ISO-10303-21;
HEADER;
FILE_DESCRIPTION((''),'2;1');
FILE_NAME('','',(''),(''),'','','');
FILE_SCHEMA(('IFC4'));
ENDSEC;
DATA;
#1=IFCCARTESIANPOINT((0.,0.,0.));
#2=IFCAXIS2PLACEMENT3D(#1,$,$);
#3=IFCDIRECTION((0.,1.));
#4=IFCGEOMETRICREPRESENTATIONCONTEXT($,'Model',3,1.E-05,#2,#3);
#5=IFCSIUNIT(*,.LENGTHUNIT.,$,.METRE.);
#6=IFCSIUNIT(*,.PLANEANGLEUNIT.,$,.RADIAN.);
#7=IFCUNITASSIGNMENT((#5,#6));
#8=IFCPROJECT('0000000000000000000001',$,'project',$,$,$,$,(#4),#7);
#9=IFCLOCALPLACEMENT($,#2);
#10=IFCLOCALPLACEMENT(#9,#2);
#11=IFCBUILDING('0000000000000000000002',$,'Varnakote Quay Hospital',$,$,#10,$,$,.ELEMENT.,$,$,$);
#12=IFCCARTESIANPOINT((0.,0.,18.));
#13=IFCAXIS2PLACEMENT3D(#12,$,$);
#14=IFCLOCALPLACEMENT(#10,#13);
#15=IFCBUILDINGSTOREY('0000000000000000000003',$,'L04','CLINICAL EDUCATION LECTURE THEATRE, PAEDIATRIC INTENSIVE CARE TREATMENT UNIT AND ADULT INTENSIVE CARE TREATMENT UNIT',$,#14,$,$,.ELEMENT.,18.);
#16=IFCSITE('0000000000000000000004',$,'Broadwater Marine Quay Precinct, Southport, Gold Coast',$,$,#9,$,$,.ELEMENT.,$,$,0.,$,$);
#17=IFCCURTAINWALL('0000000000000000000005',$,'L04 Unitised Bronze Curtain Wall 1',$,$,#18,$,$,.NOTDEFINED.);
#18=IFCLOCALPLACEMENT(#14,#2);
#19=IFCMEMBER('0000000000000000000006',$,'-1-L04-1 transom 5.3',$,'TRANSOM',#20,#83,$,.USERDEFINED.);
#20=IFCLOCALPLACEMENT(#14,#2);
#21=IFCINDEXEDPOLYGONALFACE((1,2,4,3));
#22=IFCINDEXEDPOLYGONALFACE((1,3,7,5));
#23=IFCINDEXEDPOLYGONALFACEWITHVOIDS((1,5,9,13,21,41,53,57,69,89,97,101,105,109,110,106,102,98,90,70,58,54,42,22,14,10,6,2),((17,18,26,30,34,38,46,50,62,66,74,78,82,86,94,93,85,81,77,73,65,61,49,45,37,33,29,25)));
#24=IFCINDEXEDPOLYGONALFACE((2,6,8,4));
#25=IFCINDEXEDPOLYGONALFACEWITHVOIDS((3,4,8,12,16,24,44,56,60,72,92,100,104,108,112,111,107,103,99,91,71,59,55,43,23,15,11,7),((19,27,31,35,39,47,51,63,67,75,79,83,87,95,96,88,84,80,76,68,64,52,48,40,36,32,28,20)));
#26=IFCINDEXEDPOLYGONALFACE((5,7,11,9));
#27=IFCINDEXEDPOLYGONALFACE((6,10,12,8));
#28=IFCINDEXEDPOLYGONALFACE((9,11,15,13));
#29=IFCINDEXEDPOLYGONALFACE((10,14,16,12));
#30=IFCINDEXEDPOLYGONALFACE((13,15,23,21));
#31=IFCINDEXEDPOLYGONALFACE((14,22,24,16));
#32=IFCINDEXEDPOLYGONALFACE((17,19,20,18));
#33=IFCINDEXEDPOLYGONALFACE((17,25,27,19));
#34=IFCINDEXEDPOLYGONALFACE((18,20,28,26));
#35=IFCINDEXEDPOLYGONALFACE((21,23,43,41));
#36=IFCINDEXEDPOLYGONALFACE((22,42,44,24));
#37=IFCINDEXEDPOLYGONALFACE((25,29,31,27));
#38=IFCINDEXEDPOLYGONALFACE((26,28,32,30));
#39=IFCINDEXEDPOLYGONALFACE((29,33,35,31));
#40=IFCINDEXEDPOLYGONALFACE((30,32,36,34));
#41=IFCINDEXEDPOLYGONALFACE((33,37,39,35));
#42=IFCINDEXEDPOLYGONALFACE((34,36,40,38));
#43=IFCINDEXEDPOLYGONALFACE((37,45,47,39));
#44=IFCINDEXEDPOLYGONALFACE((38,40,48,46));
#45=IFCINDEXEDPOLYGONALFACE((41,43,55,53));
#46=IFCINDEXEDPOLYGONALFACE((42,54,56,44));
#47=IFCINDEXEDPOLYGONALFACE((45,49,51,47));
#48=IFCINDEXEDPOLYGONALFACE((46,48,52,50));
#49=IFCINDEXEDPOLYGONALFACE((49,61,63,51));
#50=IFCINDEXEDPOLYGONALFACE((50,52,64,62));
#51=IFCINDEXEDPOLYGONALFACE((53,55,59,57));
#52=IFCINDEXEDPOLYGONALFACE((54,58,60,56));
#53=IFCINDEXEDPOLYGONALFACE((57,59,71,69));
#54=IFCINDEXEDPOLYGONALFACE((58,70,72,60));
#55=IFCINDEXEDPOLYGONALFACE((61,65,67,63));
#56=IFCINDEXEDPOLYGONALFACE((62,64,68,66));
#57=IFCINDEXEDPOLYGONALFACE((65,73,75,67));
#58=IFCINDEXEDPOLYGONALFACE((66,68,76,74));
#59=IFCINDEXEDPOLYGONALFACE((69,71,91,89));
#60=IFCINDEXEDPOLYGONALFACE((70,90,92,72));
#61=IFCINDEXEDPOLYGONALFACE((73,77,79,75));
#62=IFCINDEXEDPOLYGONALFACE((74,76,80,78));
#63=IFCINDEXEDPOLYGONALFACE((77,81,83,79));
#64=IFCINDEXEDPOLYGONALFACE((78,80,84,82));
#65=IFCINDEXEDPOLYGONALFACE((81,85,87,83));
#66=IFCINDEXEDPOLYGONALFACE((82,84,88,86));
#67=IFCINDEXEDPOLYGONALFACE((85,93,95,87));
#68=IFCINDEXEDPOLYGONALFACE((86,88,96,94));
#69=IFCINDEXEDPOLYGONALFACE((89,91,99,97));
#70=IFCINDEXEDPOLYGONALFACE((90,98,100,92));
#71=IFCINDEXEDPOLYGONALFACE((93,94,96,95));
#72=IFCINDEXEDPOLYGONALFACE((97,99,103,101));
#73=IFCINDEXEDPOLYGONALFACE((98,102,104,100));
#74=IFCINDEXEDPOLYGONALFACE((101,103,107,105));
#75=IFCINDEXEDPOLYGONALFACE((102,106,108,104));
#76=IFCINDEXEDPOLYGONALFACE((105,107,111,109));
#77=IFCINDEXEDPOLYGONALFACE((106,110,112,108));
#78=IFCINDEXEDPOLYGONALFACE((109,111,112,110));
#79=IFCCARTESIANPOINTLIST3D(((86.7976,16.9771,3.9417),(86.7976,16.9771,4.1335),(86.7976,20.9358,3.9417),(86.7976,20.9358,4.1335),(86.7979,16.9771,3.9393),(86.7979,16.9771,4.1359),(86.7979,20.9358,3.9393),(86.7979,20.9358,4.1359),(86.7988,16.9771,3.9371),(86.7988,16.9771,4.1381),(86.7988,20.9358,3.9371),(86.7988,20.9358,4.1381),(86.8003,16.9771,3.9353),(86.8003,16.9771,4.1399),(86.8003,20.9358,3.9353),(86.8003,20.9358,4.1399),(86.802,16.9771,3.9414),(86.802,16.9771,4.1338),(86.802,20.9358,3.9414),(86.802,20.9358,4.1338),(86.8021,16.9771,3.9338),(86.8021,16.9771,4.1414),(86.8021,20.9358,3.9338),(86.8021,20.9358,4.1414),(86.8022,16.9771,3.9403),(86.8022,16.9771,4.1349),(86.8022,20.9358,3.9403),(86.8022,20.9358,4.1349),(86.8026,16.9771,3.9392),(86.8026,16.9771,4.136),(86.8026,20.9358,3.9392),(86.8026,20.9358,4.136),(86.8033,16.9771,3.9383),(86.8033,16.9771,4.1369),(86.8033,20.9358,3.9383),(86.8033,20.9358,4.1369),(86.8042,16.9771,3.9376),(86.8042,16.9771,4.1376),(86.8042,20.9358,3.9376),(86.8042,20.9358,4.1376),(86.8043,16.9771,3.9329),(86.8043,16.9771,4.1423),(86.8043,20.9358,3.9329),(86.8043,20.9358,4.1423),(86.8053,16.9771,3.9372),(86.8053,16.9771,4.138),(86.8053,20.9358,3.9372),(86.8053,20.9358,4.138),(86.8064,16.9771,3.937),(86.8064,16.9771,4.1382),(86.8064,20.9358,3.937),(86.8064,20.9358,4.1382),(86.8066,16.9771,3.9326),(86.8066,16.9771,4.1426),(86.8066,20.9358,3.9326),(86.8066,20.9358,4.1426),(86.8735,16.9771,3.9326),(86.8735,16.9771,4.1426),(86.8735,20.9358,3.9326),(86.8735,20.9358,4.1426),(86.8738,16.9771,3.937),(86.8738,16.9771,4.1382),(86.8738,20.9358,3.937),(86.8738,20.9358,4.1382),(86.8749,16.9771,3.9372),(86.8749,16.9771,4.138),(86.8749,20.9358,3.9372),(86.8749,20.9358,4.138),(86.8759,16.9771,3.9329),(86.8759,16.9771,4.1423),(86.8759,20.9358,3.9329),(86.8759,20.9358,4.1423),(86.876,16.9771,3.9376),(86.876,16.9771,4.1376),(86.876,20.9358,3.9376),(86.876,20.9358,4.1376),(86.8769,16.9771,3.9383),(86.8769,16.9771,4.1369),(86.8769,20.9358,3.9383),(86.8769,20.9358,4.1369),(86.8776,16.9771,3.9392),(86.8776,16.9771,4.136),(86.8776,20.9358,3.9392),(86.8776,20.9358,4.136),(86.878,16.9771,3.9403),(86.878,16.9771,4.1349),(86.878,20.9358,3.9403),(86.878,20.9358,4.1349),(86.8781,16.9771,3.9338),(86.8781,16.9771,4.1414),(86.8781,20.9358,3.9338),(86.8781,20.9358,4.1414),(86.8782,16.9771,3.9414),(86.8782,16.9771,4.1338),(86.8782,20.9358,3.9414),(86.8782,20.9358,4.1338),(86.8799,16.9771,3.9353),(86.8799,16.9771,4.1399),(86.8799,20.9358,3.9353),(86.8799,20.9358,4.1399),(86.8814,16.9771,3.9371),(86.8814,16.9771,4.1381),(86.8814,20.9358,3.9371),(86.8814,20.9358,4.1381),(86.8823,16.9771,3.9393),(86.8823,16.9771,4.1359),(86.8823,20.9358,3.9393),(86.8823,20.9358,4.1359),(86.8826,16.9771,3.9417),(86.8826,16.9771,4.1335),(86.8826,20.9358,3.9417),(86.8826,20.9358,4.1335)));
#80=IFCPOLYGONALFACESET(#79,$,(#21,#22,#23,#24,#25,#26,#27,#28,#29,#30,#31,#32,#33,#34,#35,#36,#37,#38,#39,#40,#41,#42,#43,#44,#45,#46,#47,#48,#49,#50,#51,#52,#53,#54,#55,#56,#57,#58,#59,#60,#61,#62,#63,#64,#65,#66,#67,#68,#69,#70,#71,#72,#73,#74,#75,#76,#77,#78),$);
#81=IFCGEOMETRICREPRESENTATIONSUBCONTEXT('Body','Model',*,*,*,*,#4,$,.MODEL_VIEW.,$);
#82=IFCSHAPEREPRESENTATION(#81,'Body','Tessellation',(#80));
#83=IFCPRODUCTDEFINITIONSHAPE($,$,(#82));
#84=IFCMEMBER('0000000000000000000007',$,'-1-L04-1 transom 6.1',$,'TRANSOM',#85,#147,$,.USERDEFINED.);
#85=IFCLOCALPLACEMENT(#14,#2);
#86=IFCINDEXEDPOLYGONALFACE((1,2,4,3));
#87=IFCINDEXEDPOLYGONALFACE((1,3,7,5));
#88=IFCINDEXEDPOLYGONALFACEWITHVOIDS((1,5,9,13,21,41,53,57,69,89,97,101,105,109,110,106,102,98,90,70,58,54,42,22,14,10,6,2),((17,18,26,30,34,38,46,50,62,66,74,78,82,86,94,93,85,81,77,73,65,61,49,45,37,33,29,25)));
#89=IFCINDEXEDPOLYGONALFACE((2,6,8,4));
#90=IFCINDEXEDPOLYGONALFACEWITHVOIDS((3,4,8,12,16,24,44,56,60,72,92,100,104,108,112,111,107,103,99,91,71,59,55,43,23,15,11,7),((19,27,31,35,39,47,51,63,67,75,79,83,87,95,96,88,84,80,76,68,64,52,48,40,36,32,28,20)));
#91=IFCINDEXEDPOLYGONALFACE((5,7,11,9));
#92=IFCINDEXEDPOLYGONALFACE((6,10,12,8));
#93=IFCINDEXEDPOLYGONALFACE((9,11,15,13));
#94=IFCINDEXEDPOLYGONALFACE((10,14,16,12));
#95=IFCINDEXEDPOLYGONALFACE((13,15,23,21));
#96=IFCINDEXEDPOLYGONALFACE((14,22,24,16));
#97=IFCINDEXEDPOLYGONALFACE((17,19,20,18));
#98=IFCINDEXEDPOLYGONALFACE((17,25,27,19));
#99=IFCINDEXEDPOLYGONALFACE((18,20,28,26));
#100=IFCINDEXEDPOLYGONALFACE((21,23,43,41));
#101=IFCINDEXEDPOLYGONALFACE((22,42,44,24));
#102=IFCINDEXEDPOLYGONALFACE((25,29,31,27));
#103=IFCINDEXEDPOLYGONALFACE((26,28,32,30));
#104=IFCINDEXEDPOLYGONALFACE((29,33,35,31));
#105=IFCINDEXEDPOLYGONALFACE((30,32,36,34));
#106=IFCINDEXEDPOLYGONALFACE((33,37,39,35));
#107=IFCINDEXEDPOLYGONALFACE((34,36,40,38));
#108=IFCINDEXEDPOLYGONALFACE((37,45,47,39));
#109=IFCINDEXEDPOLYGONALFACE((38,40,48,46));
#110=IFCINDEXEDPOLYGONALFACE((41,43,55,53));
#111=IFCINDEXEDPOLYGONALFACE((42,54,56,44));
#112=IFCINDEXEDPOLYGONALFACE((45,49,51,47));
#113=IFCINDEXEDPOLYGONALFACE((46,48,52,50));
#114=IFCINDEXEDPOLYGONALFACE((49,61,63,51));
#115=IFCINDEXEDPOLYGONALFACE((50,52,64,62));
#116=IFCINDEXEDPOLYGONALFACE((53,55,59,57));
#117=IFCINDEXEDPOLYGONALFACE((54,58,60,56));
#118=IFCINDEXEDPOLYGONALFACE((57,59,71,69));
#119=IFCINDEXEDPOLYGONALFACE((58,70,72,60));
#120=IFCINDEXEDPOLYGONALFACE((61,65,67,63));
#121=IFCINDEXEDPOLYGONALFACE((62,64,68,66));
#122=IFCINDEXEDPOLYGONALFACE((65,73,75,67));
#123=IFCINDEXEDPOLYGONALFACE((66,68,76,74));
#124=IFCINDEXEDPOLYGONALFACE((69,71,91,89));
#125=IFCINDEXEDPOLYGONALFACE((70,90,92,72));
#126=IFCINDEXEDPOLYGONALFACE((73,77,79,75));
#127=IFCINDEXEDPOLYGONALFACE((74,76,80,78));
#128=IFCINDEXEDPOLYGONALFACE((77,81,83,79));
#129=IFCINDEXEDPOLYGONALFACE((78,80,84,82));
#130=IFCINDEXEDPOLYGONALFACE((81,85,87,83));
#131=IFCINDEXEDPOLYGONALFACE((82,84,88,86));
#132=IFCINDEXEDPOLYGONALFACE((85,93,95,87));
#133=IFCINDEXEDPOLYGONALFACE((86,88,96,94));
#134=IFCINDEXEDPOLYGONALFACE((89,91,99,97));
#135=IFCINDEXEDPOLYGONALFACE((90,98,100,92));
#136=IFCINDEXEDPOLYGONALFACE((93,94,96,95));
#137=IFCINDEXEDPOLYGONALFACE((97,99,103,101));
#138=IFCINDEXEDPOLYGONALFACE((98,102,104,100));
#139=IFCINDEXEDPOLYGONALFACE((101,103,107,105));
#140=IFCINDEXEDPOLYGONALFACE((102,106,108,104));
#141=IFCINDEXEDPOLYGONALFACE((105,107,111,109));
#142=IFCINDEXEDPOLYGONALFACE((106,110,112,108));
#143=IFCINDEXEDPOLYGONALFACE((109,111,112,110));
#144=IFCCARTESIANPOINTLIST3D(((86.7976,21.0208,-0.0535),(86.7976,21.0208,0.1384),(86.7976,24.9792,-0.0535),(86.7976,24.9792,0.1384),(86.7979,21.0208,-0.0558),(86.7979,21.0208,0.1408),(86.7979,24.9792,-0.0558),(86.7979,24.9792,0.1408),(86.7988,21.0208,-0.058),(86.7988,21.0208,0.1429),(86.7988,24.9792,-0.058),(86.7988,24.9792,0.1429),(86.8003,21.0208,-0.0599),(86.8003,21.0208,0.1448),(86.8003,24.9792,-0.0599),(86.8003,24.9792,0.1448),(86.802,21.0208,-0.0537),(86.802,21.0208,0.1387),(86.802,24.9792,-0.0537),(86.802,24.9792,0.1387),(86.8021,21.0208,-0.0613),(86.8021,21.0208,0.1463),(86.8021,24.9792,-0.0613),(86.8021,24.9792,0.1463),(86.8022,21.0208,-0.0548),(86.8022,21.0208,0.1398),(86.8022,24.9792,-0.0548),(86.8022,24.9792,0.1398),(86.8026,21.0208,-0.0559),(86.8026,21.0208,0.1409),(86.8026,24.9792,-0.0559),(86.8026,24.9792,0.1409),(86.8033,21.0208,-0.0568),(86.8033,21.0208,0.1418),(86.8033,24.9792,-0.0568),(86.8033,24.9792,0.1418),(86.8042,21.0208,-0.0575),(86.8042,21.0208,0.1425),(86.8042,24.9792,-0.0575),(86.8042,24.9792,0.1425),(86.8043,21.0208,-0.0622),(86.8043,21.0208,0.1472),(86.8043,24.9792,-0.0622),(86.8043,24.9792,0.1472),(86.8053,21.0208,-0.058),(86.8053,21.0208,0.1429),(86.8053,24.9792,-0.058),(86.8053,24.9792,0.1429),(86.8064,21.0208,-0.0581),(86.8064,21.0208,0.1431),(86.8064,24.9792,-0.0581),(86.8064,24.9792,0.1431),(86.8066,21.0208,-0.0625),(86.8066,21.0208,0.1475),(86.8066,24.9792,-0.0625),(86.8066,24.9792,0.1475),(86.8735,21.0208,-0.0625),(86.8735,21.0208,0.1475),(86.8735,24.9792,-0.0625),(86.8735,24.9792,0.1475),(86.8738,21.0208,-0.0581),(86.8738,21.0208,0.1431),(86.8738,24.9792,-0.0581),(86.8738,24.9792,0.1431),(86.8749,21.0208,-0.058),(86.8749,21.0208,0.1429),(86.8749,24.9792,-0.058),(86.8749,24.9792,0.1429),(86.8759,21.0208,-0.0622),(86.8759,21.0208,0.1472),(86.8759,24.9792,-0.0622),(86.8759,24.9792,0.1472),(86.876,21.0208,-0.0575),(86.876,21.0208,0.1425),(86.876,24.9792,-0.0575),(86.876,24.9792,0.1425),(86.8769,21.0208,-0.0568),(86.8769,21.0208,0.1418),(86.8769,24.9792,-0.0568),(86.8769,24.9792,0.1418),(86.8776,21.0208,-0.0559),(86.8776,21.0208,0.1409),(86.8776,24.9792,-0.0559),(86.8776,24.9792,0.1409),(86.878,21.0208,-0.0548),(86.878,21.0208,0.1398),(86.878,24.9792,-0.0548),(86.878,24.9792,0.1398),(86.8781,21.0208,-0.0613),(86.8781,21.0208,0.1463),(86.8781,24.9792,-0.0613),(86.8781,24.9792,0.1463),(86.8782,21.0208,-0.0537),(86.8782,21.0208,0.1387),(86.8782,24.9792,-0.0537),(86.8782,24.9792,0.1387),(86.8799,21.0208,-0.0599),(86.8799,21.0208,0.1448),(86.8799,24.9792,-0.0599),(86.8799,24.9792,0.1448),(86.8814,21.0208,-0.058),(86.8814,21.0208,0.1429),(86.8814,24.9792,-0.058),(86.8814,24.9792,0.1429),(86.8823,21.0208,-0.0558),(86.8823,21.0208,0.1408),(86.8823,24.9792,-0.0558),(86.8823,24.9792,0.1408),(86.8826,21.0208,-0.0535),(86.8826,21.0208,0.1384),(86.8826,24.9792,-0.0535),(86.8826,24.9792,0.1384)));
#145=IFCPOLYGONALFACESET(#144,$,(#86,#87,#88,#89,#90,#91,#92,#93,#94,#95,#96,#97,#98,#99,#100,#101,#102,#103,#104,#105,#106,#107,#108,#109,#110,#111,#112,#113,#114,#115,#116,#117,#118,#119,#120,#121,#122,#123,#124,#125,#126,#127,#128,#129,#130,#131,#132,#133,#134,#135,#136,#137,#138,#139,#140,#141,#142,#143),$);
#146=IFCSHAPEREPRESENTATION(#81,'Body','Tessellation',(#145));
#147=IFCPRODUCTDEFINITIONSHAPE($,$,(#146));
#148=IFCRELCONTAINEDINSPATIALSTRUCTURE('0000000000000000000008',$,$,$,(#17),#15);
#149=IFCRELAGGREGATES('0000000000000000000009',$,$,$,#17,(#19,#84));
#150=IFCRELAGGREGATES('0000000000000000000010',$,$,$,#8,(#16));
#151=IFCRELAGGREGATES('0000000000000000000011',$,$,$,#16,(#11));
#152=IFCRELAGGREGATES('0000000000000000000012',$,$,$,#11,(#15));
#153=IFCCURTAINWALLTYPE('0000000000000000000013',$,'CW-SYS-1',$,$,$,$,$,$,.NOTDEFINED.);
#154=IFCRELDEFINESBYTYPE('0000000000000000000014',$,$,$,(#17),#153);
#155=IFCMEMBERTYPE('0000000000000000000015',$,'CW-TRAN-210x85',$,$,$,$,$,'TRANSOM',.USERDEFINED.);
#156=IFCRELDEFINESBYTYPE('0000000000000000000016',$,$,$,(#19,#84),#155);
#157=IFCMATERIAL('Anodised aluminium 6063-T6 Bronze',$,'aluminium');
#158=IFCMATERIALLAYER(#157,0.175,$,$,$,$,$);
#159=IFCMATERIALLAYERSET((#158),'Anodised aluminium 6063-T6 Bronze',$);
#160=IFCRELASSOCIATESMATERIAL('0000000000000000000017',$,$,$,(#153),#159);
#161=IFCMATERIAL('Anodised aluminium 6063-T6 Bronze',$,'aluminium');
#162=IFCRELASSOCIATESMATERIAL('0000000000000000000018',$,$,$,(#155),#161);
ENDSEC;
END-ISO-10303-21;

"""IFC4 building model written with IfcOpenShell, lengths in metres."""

from ifc_helpers import new_model, si_unit, direction, frame, origin, origin_2d, place, context, subcontext, project, spatial, hollow_rectangle, extrude, material, layer, layer_set, material_profile, profile_set, type_object, element, aggregate, save


model = new_model("IFC4")

# Units and contexts
model_context = context("Model", 3, precision=1e-05, world=origin(), true_north=direction((0.0, 1.0)))
body_context = subcontext(model_context, "Body", "Model", "MODEL_VIEW")
ifc_project = project(units=[si_unit("LENGTHUNIT", "METRE"), si_unit("PLANEANGLEUNIT", "RADIAN")], contexts=[model_context])

# Site, building, storey
site_placement = place(None, origin())
site = spatial("IfcSite", under=ifc_project, at=site_placement, Name="Broadwater Marine Quay Precinct, Southport, Gold Coast", CompositionType="ELEMENT", RefElevation=0.0)
building_placement = place(site_placement, origin())
building = spatial("IfcBuilding", under=site, at=building_placement, Name="Varnakote Quay Hospital", CompositionType="ELEMENT")
storey_placement = place(building_placement, frame((0.0, 0.0, 18.0)))
storey = spatial("IfcBuildingStorey", under=building, at=storey_placement, Name="L04", Description="CLINICAL EDUCATION LECTURE THEATRE, PAEDIATRIC INTENSIVE CARE TREATMENT UNIT AND ADULT INTENSIVE CARE TREATMENT UNIT", CompositionType="ELEMENT", Elevation=18.0)

# Curtain wall, members
ifc_material_1 = material(Name="Anodised aluminium 6063-T6 Bronze", Category="aluminium")
ifc_layer_1 = layer(ifc_material_1, 0.175)
ifc_layer_set_1 = layer_set([ifc_layer_1], Name="Anodised aluminium 6063-T6 Bronze")
curtain_wall_type = type_object("IfcCurtainWallType", Name="CW-SYS-1", PredefinedType="NOTDEFINED", material=ifc_layer_set_1)
curtain_wall_placement = place(storey_placement, origin())
curtain_wall = element("IfcCurtainWall", 1, at=curtain_wall_placement, inside=storey, type_object=curtain_wall_type, Name="L04 Unitised Bronze Curtain Wall 1", PredefinedType="NOTDEFINED")
ifc_material_2 = material(Name="Anodised aluminium 6063-T6 Bronze", Category="aluminium")
ifc_material_profile_1 = material_profile(ifc_material_2, hollow_rectangle(XDim=0.085, YDim=0.21, WallThickness=0.0044, InnerFilletRadius=0.0044, OuterFilletRadius=0.009, at=origin_2d()), Name="CW-TRAN-210x85")
ifc_profile_set_1 = profile_set([ifc_material_profile_1], Name="Anodised aluminium 6063-T6 Bronze")
member_type_1 = type_object("IfcMemberType", Name="CW-TRAN-210x85", ElementType="TRANSOM", PredefinedType="USERDEFINED", material=ifc_profile_set_1)
member_1_placement = place(storey_placement, frame((86.8401, 16.9771, 4.0376), z_axis=(0.0, 1.0, 0.0), x_axis=(-1.0, 0.0, 0.0)))
member_1 = element("IfcMember", 2, at=member_1_placement, type_object=member_type_1, Name="-1-L04-1 transom 5.3", ObjectType="TRANSOM", PredefinedType="USERDEFINED", context=body_context, shape_type="SweptSolid", body=[
    extrude(hollow_rectangle(XDim=0.085, YDim=0.21, WallThickness=0.0044, InnerFilletRadius=0.0044, OuterFilletRadius=0.009, at=origin_2d()), origin(), (0.0, 0.0, 1.0), 3.9587),
])
member_2_placement = place(storey_placement, frame((86.8401, 21.0208, 0.0425), z_axis=(0.0, 1.0, 0.0), x_axis=(-1.0, 0.0, 0.0)))
member_2 = element("IfcMember", 3, at=member_2_placement, type_object=member_type_1, Name="-1-L04-1 transom 6.1", ObjectType="TRANSOM", PredefinedType="USERDEFINED", context=body_context, shape_type="SweptSolid", body=[
    extrude(hollow_rectangle(XDim=0.085, YDim=0.21, WallThickness=0.0044, InnerFilletRadius=0.0044, OuterFilletRadius=0.009, at=origin_2d()), origin(), (0.0, 0.0, 1.0), 3.9585),
])
aggregate(curtain_wall, [member_1, member_2])

save(model, "model.ifc")
